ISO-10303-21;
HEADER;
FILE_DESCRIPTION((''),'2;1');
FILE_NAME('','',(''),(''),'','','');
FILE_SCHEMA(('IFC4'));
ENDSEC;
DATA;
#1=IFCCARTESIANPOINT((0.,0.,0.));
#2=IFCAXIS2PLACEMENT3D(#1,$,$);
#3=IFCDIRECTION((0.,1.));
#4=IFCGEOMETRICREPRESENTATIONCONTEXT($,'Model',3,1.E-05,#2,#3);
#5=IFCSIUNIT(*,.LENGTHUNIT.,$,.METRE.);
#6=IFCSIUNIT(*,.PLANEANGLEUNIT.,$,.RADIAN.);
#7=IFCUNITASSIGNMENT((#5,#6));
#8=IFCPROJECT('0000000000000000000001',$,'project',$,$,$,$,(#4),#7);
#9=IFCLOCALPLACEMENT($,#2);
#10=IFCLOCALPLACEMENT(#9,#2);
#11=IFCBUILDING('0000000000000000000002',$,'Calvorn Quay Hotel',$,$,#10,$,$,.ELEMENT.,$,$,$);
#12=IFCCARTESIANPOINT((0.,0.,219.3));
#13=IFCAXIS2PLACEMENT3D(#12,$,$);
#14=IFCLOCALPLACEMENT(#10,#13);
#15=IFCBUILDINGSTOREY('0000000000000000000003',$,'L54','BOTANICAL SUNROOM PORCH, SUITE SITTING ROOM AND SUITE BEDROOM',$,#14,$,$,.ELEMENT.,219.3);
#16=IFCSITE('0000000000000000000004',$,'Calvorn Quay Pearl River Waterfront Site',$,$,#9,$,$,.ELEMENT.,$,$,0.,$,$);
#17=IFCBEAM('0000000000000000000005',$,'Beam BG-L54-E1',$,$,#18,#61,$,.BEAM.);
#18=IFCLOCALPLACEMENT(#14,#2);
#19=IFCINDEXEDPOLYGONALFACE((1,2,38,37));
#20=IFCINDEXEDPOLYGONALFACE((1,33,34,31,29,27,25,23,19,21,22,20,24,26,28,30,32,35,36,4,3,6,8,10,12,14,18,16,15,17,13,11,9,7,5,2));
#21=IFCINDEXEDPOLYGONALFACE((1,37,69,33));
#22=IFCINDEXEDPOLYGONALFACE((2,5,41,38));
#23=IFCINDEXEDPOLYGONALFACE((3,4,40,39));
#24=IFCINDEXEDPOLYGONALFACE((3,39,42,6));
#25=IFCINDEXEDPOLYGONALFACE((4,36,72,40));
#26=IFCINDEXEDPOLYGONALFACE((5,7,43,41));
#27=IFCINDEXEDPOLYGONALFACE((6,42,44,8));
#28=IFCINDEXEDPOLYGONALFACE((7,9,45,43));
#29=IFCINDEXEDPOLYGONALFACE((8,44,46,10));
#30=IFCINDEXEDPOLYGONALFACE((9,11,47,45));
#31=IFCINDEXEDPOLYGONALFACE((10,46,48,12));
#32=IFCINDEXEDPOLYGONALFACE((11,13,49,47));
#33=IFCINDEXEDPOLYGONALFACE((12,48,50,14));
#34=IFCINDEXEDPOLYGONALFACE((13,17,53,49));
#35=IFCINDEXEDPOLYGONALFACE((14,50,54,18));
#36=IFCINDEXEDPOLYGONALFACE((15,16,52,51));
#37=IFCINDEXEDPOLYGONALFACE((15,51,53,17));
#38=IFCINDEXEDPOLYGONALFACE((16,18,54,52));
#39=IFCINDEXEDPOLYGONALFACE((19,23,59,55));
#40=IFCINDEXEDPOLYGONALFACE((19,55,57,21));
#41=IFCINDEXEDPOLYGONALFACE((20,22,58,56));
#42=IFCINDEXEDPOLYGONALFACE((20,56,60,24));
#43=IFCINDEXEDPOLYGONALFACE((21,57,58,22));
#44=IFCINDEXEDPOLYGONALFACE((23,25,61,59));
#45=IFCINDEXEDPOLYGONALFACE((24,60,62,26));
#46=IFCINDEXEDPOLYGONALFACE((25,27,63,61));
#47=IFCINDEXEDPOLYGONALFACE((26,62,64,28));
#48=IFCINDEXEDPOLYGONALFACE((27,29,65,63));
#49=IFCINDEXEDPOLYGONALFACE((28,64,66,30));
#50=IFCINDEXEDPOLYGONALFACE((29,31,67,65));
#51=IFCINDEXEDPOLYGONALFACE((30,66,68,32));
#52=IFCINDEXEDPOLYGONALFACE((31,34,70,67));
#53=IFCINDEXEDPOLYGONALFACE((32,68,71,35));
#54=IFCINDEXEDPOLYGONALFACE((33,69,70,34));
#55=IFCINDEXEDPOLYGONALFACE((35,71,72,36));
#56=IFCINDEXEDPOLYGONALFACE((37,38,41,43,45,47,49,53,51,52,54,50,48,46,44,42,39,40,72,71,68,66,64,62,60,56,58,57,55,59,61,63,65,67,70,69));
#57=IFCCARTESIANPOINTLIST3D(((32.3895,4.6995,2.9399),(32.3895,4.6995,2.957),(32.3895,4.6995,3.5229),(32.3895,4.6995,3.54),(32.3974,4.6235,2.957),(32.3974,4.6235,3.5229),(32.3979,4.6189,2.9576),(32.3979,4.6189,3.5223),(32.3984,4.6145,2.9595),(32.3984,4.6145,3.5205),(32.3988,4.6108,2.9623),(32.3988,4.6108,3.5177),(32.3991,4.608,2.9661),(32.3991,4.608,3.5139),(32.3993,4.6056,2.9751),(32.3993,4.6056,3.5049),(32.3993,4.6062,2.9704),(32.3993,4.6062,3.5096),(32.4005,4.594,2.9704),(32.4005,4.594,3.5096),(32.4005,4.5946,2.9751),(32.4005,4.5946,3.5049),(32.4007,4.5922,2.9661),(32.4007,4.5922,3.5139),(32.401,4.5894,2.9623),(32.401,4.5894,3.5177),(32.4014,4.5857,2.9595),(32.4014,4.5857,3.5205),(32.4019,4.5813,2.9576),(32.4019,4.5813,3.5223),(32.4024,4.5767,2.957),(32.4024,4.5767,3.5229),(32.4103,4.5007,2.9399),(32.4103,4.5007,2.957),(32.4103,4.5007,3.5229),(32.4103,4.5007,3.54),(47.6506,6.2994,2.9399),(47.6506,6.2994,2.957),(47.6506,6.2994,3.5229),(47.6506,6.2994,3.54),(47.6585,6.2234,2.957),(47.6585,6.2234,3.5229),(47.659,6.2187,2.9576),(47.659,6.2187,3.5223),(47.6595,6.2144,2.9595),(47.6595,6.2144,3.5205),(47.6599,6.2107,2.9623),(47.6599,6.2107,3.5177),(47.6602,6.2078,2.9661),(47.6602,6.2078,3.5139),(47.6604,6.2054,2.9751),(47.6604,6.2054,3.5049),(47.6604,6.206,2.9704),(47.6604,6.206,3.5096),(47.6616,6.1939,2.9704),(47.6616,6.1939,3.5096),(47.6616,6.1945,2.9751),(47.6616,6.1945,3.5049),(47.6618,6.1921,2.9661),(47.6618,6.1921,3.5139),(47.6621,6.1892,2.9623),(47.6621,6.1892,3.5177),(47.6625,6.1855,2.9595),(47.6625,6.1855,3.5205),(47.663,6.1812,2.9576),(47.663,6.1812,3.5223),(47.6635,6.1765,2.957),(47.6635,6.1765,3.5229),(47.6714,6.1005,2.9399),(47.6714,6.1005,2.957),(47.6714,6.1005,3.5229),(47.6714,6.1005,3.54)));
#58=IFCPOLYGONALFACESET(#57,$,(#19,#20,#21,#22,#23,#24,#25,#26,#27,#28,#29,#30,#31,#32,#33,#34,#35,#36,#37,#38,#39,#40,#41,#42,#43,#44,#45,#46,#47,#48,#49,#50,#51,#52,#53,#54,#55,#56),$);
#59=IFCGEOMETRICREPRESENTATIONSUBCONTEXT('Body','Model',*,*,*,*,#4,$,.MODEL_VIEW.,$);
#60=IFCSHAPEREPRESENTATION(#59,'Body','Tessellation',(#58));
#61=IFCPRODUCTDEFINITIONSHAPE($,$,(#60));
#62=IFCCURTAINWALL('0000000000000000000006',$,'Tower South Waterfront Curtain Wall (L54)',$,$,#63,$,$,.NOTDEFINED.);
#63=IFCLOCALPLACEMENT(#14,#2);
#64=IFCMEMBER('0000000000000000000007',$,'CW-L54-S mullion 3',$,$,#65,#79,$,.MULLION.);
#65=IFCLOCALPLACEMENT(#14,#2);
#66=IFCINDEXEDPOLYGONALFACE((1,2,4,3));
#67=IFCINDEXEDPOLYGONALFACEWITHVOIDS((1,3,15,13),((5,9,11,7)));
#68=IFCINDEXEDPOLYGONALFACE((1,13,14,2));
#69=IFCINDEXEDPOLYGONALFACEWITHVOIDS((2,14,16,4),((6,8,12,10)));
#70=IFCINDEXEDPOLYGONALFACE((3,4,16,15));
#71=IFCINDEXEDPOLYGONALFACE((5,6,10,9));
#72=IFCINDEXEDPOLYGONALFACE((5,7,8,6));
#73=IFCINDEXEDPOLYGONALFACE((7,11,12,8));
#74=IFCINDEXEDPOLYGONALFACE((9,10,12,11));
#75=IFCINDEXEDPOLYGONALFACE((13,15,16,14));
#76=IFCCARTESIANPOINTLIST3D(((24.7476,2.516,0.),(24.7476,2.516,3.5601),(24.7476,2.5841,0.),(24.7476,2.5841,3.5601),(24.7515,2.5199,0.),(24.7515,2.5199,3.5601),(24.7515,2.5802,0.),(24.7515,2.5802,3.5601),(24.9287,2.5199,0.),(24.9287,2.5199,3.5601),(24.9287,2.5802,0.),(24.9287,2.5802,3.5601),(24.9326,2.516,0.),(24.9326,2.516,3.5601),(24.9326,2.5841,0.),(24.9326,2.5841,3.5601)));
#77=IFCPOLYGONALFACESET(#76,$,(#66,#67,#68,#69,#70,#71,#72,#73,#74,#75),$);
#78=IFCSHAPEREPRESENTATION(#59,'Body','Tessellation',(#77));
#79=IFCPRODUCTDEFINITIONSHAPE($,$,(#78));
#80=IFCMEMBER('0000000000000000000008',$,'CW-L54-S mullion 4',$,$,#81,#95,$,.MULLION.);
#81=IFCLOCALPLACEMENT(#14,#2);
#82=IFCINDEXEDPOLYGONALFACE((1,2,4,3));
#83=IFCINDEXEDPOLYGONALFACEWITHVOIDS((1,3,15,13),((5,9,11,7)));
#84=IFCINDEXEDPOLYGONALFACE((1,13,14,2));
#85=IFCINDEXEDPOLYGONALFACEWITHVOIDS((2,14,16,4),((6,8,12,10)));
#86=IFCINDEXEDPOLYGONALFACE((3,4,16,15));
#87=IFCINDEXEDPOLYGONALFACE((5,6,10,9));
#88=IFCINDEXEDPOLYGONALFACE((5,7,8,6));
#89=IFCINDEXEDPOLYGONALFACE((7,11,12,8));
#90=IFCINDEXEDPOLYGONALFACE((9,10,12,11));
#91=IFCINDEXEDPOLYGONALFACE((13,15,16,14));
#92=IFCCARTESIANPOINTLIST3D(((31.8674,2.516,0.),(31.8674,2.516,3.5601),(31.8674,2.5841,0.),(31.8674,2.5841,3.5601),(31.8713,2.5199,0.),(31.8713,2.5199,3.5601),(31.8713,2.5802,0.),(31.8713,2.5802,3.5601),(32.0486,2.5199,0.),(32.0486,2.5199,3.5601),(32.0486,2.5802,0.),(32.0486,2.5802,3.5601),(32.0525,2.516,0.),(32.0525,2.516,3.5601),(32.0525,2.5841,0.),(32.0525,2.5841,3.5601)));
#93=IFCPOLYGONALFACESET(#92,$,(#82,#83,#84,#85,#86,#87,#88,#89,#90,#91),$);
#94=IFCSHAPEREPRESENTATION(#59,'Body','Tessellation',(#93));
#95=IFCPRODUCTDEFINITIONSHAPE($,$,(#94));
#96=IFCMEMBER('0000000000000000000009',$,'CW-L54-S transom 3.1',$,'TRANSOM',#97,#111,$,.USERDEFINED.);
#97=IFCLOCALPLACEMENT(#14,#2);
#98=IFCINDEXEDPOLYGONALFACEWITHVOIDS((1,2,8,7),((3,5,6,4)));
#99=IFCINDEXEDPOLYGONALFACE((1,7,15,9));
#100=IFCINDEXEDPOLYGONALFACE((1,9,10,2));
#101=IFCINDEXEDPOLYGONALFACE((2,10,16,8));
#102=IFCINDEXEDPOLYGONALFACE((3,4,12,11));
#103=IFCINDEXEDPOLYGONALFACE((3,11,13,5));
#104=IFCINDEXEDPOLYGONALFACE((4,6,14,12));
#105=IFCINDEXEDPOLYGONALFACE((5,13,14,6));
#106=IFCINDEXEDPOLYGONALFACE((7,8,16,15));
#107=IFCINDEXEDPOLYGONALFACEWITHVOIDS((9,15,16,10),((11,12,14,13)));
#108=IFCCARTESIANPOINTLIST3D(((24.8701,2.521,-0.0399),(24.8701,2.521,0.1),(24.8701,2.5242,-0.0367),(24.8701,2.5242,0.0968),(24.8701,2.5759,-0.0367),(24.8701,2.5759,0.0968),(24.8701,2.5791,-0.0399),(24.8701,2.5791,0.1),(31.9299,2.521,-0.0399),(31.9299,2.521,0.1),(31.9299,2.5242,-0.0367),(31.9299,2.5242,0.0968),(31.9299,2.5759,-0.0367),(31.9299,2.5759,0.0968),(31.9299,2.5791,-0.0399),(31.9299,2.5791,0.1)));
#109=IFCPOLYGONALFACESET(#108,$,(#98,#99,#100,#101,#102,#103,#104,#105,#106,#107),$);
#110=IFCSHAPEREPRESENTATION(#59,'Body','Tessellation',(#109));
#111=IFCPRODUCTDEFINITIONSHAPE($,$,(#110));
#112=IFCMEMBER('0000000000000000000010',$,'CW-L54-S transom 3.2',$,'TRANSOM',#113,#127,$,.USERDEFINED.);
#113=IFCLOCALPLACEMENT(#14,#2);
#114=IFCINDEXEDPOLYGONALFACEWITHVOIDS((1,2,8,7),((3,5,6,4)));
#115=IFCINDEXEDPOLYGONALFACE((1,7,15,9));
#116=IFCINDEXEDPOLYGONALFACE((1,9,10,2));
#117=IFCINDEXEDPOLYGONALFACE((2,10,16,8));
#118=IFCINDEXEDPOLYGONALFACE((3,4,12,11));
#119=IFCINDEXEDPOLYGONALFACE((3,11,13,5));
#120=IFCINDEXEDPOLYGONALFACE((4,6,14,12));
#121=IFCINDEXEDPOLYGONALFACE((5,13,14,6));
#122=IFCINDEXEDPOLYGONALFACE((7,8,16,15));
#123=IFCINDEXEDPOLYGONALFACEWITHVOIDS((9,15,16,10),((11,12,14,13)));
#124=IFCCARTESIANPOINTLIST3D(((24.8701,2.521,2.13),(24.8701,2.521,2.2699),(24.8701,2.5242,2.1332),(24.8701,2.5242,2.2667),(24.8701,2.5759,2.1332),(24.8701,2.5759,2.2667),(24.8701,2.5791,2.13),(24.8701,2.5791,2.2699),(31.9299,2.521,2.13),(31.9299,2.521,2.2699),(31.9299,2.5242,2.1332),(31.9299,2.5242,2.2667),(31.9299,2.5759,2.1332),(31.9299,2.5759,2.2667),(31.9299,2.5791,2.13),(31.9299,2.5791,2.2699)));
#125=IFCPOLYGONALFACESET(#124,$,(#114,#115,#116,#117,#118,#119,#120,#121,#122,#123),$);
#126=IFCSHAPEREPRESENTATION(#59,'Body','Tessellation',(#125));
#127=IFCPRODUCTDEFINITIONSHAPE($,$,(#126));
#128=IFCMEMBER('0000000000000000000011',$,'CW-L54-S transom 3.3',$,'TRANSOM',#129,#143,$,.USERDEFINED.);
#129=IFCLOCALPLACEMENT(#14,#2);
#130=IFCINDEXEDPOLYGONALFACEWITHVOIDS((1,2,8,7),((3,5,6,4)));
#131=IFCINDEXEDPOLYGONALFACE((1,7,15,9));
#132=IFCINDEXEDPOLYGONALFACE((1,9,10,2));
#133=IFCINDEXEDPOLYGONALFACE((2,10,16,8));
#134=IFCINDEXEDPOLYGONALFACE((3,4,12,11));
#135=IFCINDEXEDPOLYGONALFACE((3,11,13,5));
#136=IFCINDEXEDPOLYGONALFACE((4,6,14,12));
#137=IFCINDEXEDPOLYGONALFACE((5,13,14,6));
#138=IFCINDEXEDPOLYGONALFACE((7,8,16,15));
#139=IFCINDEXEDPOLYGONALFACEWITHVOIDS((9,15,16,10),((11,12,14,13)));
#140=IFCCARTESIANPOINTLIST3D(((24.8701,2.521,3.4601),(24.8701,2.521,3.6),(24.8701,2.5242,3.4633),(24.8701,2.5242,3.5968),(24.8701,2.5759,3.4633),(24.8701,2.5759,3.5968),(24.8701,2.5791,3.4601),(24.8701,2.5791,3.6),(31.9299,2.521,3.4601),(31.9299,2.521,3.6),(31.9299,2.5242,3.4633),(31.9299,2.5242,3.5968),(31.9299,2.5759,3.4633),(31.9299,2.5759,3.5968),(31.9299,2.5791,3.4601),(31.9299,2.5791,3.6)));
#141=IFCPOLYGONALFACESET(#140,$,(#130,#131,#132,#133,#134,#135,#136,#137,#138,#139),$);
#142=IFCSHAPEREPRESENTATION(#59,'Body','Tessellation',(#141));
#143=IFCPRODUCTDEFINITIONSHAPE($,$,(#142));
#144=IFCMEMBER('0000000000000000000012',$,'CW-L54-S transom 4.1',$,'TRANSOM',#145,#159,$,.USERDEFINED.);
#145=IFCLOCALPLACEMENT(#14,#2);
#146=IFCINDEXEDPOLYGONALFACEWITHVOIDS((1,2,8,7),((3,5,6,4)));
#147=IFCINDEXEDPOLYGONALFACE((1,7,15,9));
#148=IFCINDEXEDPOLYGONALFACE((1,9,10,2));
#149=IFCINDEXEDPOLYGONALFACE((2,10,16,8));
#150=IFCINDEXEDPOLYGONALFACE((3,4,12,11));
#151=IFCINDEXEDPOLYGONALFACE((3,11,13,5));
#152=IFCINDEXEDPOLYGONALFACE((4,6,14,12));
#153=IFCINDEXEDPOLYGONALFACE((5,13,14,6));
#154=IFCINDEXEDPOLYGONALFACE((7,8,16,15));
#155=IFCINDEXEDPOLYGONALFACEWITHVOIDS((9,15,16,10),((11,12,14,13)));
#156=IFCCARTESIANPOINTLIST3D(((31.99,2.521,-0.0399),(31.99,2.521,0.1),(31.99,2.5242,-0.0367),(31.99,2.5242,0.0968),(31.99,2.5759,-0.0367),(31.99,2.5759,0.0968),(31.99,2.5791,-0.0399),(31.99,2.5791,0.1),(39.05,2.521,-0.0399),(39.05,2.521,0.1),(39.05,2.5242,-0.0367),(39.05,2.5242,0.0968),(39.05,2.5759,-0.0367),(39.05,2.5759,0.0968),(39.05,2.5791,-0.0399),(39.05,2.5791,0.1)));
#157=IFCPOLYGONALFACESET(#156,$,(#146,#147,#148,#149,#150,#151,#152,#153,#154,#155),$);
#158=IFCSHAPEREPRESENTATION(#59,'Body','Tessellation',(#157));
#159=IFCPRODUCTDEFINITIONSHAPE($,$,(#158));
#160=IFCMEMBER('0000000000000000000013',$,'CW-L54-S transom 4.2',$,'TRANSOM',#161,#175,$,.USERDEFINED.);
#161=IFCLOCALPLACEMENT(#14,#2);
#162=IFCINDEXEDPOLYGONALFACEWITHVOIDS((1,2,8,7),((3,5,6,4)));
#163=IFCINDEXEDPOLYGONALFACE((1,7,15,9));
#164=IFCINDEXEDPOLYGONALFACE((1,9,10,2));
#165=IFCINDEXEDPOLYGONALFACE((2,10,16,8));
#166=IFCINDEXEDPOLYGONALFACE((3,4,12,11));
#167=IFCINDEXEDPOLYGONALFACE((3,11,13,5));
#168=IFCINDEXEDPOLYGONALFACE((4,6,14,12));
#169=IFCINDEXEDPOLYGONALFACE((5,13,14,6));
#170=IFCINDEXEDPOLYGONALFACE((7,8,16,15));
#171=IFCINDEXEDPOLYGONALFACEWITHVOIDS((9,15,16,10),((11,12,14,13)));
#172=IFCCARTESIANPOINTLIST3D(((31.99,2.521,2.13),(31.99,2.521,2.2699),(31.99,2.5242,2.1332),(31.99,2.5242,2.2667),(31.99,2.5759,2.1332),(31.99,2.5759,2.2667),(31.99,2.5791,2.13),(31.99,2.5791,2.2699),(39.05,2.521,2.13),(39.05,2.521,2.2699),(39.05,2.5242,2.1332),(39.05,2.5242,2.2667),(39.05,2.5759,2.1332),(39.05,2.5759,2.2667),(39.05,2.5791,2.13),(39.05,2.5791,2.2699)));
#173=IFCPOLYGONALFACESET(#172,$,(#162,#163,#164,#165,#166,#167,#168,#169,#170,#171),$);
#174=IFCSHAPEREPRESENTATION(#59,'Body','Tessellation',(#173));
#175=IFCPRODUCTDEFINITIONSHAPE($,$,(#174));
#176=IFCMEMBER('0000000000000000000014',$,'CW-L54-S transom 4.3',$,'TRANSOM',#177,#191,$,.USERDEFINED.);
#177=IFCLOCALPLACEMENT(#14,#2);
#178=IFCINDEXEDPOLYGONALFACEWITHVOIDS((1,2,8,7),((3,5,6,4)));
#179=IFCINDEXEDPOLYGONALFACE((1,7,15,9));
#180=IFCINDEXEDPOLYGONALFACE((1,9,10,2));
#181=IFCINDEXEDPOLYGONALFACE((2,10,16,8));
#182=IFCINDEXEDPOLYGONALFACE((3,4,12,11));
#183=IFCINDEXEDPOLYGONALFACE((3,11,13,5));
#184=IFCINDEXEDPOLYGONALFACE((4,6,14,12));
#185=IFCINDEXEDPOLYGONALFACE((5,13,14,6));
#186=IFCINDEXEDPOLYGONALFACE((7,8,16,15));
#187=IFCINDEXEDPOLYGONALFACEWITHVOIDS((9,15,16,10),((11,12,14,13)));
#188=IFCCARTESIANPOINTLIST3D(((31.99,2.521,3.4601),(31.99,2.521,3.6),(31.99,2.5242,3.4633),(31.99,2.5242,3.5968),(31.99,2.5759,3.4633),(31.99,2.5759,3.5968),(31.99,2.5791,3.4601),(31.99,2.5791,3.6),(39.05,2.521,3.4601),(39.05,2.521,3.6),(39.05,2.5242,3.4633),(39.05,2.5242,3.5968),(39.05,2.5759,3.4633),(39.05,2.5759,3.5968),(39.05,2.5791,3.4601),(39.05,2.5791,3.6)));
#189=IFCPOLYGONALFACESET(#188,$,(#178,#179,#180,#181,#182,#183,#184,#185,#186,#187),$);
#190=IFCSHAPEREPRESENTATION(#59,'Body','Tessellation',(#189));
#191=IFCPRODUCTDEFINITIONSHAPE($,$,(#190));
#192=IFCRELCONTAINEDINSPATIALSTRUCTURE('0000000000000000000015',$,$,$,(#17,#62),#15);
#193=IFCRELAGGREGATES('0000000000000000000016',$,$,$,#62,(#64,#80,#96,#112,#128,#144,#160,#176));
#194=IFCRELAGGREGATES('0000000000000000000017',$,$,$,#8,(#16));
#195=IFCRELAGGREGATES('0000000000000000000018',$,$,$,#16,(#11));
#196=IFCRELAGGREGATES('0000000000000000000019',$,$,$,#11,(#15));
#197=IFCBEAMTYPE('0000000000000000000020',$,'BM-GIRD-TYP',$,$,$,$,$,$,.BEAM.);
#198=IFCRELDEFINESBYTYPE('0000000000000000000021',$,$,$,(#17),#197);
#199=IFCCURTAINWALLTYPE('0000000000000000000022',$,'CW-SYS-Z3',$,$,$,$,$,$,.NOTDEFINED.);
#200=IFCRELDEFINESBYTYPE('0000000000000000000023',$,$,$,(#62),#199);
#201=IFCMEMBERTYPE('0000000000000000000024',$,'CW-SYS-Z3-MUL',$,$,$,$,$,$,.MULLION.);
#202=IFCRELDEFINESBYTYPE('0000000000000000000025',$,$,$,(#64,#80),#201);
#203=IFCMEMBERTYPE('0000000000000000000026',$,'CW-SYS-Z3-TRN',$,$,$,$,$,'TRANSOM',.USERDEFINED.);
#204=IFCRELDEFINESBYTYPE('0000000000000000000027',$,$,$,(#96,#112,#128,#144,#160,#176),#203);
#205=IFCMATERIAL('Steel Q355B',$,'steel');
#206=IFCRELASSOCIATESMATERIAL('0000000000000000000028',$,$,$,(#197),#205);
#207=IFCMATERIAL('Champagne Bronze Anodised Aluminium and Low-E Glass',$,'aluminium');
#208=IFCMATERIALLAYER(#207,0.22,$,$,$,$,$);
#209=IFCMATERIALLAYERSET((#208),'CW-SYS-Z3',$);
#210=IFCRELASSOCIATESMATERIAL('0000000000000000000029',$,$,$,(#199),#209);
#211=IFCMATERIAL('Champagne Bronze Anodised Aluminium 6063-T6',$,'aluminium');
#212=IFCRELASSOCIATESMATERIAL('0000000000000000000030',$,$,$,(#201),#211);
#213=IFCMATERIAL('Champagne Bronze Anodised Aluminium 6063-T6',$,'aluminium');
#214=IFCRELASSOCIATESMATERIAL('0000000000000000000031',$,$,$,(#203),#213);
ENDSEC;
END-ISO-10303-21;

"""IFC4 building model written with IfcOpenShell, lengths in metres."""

from ifc_helpers import new_model, si_unit, direction, frame, origin, origin_2d, place, context, subcontext, project, spatial, hollow_rectangle, i_section, extrude, material, layer, layer_set, material_profile, profile_set, type_object, element, aggregate, save


model = new_model("IFC4")

# Units and contexts
model_context = context("Model", 3, precision=1e-05, world=origin(), true_north=direction((0.0, 1.0)))
body_context = subcontext(model_context, "Body", "Model", "MODEL_VIEW")
ifc_project = project(units=[si_unit("LENGTHUNIT", "METRE"), si_unit("PLANEANGLEUNIT", "RADIAN")], contexts=[model_context])

# Site, building, storey
site_placement = place(None, origin())
site = spatial("IfcSite", under=ifc_project, at=site_placement, Name="Calvorn Quay Pearl River Waterfront Site", CompositionType="ELEMENT", RefElevation=0.0)
building_placement = place(site_placement, origin())
building = spatial("IfcBuilding", under=site, at=building_placement, Name="Calvorn Quay Hotel", CompositionType="ELEMENT")
storey_placement = place(building_placement, frame((0.0, 0.0, 219.3)))
storey = spatial("IfcBuildingStorey", under=building, at=storey_placement, Name="L54", Description="BOTANICAL SUNROOM PORCH, SUITE SITTING ROOM AND SUITE BEDROOM", CompositionType="ELEMENT", Elevation=219.3)

# Beam
ifc_material_1 = material(Name="Steel Q355B", Category="steel")
ifc_material_profile_1 = material_profile(ifc_material_1, i_section(OverallWidth=0.2, OverallDepth=0.6001, WebThickness=0.011, FlangeThickness=0.0171, FilletRadius=0.0181, at=origin_2d()), Name="HN600x200x11x17")
ifc_profile_set_1 = profile_set([ifc_material_profile_1], Name="Steel Q355B")
beam_type = type_object("IfcBeamType", Name="BM-GIRD-TYP", PredefinedType="BEAM", material=ifc_profile_set_1)
beam_placement = place(storey_placement, frame((32.3999, 4.6001, 3.24), z_axis=(0.99455, 0.104262, 0.0), x_axis=(-0.104262, 0.99455, 0.0)))
element("IfcBeam", 1, at=beam_placement, inside=storey, type_object=beam_type, Name="Beam BG-L54-E1", PredefinedType="BEAM", context=body_context, shape_type="SweptSolid", body=[
    extrude(i_section(OverallWidth=0.2, OverallDepth=0.6001, WebThickness=0.011, FlangeThickness=0.0171, FilletRadius=0.0181, at=origin_2d()), origin(), (0.0, 0.0, 1.0), 15.3447),
])

# Curtain wall, members
ifc_material_2 = material(Name="Champagne Bronze Anodised Aluminium and Low-E Glass", Category="aluminium")
ifc_layer_1 = layer(ifc_material_2, 0.22)
ifc_layer_set_1 = layer_set([ifc_layer_1], Name="CW-SYS-Z3")
curtain_wall_type = type_object("IfcCurtainWallType", Name="CW-SYS-Z3", PredefinedType="NOTDEFINED", material=ifc_layer_set_1)
curtain_wall_placement = place(storey_placement, origin())
curtain_wall = element("IfcCurtainWall", 2, at=curtain_wall_placement, inside=storey, type_object=curtain_wall_type, Name="Tower South Waterfront Curtain Wall (L54)", PredefinedType="NOTDEFINED")
ifc_material_3 = material(Name="Champagne Bronze Anodised Aluminium 6063-T6", Category="aluminium")
ifc_material_profile_2 = material_profile(ifc_material_3, hollow_rectangle(XDim=0.0681, YDim=0.1851, WallThickness=0.0039, at=origin_2d()), Name="ALU-M185x68x4")
ifc_profile_set_2 = profile_set([ifc_material_profile_2], Name="Champagne Bronze Anodised Aluminium 6063-T6")
member_type_1 = type_object("IfcMemberType", Name="CW-SYS-Z3-MUL", PredefinedType="MULLION", material=ifc_profile_set_2)
member_1_placement = place(storey_placement, frame((24.8401, 2.55, 0.0), z_axis=(0.0, 0.0, 1.0), x_axis=(0.0, 1.0, 0.0)))
member_1 = element("IfcMember", 3, at=member_1_placement, type_object=member_type_1, Name="CW-L54-S mullion 3", PredefinedType="MULLION", context=body_context, shape_type="SweptSolid", body=[
    extrude(hollow_rectangle(XDim=0.0681, YDim=0.1851, WallThickness=0.0039, at=origin_2d()), origin(), (0.0, 0.0, 1.0), 3.5601),
])
member_2_placement = place(storey_placement, frame((31.96, 2.55, 0.0), z_axis=(0.0, 0.0, 1.0), x_axis=(0.0, 1.0, 0.0)))
member_2 = element("IfcMember", 4, at=member_2_placement, type_object=member_type_1, Name="CW-L54-S mullion 4", PredefinedType="MULLION", context=body_context, shape_type="SweptSolid", body=[
    extrude(hollow_rectangle(XDim=0.0681, YDim=0.1851, WallThickness=0.0039, at=origin_2d()), origin(), (0.0, 0.0, 1.0), 3.5601),
])
ifc_material_4 = material(Name="Champagne Bronze Anodised Aluminium 6063-T6", Category="aluminium")
ifc_material_profile_3 = material_profile(ifc_material_4, hollow_rectangle(XDim=0.0581, YDim=0.1399, WallThickness=0.0032, at=origin_2d()), Name="ALU-T140x58x3.2")
ifc_profile_set_3 = profile_set([ifc_material_profile_3], Name="Champagne Bronze Anodised Aluminium 6063-T6")
member_type_2 = type_object("IfcMemberType", Name="CW-SYS-Z3-TRN", ElementType="TRANSOM", PredefinedType="USERDEFINED", material=ifc_profile_set_3)
member_3_placement = place(storey_placement, frame((24.8701, 2.55, 0.03), z_axis=(1.0, 0.0, 0.0), x_axis=(0.0, 1.0, 0.0)))
member_3 = element("IfcMember", 5, at=member_3_placement, type_object=member_type_2, Name="CW-L54-S transom 3.1", ObjectType="TRANSOM", PredefinedType="USERDEFINED", context=body_context, shape_type="SweptSolid", body=[
    extrude(hollow_rectangle(XDim=0.0581, YDim=0.1399, WallThickness=0.0032, at=origin_2d()), origin(), (0.0, 0.0, 1.0), 7.0598),
])
member_4_placement = place(storey_placement, frame((24.8701, 2.55, 2.2), z_axis=(1.0, 0.0, 0.0), x_axis=(0.0, 1.0, 0.0)))
member_4 = element("IfcMember", 6, at=member_4_placement, type_object=member_type_2, Name="CW-L54-S transom 3.2", ObjectType="TRANSOM", PredefinedType="USERDEFINED", context=body_context, shape_type="SweptSolid", body=[
    extrude(hollow_rectangle(XDim=0.0581, YDim=0.1399, WallThickness=0.0032, at=origin_2d()), origin(), (0.0, 0.0, 1.0), 7.0598),
])
member_5_placement = place(storey_placement, frame((24.8701, 2.55, 3.53), z_axis=(1.0, 0.0, 0.0), x_axis=(0.0, 1.0, 0.0)))
member_5 = element("IfcMember", 7, at=member_5_placement, type_object=member_type_2, Name="CW-L54-S transom 3.3", ObjectType="TRANSOM", PredefinedType="USERDEFINED", context=body_context, shape_type="SweptSolid", body=[
    extrude(hollow_rectangle(XDim=0.0581, YDim=0.1399, WallThickness=0.0032, at=origin_2d()), origin(), (0.0, 0.0, 1.0), 7.0598),
])
member_6_placement = place(storey_placement, frame((31.99, 2.55, 0.03), z_axis=(1.0, 0.0, 0.0), x_axis=(0.0, 1.0, 0.0)))
member_6 = element("IfcMember", 8, at=member_6_placement, type_object=member_type_2, Name="CW-L54-S transom 4.1", ObjectType="TRANSOM", PredefinedType="USERDEFINED", context=body_context, shape_type="SweptSolid", body=[
    extrude(hollow_rectangle(XDim=0.0581, YDim=0.1399, WallThickness=0.0032, at=origin_2d()), origin(), (0.0, 0.0, 1.0), 7.0601),
])
member_7_placement = place(storey_placement, frame((31.99, 2.55, 2.2), z_axis=(1.0, 0.0, 0.0), x_axis=(0.0, 1.0, 0.0)))
member_7 = element("IfcMember", 9, at=member_7_placement, type_object=member_type_2, Name="CW-L54-S transom 4.2", ObjectType="TRANSOM", PredefinedType="USERDEFINED", context=body_context, shape_type="SweptSolid", body=[
    extrude(hollow_rectangle(XDim=0.0581, YDim=0.1399, WallThickness=0.0032, at=origin_2d()), origin(), (0.0, 0.0, 1.0), 7.0601),
])
member_8_placement = place(storey_placement, frame((31.99, 2.55, 3.53), z_axis=(1.0, 0.0, 0.0), x_axis=(0.0, 1.0, 0.0)))
member_8 = element("IfcMember", 10, at=member_8_placement, type_object=member_type_2, Name="CW-L54-S transom 4.3", ObjectType="TRANSOM", PredefinedType="USERDEFINED", context=body_context, shape_type="SweptSolid", body=[
    extrude(hollow_rectangle(XDim=0.0581, YDim=0.1399, WallThickness=0.0032, at=origin_2d()), origin(), (0.0, 0.0, 1.0), 7.0601),
])
aggregate(curtain_wall, [member_1, member_2, member_3, member_4, member_5, member_6, member_7, member_8])

save(model, "model.ifc")
